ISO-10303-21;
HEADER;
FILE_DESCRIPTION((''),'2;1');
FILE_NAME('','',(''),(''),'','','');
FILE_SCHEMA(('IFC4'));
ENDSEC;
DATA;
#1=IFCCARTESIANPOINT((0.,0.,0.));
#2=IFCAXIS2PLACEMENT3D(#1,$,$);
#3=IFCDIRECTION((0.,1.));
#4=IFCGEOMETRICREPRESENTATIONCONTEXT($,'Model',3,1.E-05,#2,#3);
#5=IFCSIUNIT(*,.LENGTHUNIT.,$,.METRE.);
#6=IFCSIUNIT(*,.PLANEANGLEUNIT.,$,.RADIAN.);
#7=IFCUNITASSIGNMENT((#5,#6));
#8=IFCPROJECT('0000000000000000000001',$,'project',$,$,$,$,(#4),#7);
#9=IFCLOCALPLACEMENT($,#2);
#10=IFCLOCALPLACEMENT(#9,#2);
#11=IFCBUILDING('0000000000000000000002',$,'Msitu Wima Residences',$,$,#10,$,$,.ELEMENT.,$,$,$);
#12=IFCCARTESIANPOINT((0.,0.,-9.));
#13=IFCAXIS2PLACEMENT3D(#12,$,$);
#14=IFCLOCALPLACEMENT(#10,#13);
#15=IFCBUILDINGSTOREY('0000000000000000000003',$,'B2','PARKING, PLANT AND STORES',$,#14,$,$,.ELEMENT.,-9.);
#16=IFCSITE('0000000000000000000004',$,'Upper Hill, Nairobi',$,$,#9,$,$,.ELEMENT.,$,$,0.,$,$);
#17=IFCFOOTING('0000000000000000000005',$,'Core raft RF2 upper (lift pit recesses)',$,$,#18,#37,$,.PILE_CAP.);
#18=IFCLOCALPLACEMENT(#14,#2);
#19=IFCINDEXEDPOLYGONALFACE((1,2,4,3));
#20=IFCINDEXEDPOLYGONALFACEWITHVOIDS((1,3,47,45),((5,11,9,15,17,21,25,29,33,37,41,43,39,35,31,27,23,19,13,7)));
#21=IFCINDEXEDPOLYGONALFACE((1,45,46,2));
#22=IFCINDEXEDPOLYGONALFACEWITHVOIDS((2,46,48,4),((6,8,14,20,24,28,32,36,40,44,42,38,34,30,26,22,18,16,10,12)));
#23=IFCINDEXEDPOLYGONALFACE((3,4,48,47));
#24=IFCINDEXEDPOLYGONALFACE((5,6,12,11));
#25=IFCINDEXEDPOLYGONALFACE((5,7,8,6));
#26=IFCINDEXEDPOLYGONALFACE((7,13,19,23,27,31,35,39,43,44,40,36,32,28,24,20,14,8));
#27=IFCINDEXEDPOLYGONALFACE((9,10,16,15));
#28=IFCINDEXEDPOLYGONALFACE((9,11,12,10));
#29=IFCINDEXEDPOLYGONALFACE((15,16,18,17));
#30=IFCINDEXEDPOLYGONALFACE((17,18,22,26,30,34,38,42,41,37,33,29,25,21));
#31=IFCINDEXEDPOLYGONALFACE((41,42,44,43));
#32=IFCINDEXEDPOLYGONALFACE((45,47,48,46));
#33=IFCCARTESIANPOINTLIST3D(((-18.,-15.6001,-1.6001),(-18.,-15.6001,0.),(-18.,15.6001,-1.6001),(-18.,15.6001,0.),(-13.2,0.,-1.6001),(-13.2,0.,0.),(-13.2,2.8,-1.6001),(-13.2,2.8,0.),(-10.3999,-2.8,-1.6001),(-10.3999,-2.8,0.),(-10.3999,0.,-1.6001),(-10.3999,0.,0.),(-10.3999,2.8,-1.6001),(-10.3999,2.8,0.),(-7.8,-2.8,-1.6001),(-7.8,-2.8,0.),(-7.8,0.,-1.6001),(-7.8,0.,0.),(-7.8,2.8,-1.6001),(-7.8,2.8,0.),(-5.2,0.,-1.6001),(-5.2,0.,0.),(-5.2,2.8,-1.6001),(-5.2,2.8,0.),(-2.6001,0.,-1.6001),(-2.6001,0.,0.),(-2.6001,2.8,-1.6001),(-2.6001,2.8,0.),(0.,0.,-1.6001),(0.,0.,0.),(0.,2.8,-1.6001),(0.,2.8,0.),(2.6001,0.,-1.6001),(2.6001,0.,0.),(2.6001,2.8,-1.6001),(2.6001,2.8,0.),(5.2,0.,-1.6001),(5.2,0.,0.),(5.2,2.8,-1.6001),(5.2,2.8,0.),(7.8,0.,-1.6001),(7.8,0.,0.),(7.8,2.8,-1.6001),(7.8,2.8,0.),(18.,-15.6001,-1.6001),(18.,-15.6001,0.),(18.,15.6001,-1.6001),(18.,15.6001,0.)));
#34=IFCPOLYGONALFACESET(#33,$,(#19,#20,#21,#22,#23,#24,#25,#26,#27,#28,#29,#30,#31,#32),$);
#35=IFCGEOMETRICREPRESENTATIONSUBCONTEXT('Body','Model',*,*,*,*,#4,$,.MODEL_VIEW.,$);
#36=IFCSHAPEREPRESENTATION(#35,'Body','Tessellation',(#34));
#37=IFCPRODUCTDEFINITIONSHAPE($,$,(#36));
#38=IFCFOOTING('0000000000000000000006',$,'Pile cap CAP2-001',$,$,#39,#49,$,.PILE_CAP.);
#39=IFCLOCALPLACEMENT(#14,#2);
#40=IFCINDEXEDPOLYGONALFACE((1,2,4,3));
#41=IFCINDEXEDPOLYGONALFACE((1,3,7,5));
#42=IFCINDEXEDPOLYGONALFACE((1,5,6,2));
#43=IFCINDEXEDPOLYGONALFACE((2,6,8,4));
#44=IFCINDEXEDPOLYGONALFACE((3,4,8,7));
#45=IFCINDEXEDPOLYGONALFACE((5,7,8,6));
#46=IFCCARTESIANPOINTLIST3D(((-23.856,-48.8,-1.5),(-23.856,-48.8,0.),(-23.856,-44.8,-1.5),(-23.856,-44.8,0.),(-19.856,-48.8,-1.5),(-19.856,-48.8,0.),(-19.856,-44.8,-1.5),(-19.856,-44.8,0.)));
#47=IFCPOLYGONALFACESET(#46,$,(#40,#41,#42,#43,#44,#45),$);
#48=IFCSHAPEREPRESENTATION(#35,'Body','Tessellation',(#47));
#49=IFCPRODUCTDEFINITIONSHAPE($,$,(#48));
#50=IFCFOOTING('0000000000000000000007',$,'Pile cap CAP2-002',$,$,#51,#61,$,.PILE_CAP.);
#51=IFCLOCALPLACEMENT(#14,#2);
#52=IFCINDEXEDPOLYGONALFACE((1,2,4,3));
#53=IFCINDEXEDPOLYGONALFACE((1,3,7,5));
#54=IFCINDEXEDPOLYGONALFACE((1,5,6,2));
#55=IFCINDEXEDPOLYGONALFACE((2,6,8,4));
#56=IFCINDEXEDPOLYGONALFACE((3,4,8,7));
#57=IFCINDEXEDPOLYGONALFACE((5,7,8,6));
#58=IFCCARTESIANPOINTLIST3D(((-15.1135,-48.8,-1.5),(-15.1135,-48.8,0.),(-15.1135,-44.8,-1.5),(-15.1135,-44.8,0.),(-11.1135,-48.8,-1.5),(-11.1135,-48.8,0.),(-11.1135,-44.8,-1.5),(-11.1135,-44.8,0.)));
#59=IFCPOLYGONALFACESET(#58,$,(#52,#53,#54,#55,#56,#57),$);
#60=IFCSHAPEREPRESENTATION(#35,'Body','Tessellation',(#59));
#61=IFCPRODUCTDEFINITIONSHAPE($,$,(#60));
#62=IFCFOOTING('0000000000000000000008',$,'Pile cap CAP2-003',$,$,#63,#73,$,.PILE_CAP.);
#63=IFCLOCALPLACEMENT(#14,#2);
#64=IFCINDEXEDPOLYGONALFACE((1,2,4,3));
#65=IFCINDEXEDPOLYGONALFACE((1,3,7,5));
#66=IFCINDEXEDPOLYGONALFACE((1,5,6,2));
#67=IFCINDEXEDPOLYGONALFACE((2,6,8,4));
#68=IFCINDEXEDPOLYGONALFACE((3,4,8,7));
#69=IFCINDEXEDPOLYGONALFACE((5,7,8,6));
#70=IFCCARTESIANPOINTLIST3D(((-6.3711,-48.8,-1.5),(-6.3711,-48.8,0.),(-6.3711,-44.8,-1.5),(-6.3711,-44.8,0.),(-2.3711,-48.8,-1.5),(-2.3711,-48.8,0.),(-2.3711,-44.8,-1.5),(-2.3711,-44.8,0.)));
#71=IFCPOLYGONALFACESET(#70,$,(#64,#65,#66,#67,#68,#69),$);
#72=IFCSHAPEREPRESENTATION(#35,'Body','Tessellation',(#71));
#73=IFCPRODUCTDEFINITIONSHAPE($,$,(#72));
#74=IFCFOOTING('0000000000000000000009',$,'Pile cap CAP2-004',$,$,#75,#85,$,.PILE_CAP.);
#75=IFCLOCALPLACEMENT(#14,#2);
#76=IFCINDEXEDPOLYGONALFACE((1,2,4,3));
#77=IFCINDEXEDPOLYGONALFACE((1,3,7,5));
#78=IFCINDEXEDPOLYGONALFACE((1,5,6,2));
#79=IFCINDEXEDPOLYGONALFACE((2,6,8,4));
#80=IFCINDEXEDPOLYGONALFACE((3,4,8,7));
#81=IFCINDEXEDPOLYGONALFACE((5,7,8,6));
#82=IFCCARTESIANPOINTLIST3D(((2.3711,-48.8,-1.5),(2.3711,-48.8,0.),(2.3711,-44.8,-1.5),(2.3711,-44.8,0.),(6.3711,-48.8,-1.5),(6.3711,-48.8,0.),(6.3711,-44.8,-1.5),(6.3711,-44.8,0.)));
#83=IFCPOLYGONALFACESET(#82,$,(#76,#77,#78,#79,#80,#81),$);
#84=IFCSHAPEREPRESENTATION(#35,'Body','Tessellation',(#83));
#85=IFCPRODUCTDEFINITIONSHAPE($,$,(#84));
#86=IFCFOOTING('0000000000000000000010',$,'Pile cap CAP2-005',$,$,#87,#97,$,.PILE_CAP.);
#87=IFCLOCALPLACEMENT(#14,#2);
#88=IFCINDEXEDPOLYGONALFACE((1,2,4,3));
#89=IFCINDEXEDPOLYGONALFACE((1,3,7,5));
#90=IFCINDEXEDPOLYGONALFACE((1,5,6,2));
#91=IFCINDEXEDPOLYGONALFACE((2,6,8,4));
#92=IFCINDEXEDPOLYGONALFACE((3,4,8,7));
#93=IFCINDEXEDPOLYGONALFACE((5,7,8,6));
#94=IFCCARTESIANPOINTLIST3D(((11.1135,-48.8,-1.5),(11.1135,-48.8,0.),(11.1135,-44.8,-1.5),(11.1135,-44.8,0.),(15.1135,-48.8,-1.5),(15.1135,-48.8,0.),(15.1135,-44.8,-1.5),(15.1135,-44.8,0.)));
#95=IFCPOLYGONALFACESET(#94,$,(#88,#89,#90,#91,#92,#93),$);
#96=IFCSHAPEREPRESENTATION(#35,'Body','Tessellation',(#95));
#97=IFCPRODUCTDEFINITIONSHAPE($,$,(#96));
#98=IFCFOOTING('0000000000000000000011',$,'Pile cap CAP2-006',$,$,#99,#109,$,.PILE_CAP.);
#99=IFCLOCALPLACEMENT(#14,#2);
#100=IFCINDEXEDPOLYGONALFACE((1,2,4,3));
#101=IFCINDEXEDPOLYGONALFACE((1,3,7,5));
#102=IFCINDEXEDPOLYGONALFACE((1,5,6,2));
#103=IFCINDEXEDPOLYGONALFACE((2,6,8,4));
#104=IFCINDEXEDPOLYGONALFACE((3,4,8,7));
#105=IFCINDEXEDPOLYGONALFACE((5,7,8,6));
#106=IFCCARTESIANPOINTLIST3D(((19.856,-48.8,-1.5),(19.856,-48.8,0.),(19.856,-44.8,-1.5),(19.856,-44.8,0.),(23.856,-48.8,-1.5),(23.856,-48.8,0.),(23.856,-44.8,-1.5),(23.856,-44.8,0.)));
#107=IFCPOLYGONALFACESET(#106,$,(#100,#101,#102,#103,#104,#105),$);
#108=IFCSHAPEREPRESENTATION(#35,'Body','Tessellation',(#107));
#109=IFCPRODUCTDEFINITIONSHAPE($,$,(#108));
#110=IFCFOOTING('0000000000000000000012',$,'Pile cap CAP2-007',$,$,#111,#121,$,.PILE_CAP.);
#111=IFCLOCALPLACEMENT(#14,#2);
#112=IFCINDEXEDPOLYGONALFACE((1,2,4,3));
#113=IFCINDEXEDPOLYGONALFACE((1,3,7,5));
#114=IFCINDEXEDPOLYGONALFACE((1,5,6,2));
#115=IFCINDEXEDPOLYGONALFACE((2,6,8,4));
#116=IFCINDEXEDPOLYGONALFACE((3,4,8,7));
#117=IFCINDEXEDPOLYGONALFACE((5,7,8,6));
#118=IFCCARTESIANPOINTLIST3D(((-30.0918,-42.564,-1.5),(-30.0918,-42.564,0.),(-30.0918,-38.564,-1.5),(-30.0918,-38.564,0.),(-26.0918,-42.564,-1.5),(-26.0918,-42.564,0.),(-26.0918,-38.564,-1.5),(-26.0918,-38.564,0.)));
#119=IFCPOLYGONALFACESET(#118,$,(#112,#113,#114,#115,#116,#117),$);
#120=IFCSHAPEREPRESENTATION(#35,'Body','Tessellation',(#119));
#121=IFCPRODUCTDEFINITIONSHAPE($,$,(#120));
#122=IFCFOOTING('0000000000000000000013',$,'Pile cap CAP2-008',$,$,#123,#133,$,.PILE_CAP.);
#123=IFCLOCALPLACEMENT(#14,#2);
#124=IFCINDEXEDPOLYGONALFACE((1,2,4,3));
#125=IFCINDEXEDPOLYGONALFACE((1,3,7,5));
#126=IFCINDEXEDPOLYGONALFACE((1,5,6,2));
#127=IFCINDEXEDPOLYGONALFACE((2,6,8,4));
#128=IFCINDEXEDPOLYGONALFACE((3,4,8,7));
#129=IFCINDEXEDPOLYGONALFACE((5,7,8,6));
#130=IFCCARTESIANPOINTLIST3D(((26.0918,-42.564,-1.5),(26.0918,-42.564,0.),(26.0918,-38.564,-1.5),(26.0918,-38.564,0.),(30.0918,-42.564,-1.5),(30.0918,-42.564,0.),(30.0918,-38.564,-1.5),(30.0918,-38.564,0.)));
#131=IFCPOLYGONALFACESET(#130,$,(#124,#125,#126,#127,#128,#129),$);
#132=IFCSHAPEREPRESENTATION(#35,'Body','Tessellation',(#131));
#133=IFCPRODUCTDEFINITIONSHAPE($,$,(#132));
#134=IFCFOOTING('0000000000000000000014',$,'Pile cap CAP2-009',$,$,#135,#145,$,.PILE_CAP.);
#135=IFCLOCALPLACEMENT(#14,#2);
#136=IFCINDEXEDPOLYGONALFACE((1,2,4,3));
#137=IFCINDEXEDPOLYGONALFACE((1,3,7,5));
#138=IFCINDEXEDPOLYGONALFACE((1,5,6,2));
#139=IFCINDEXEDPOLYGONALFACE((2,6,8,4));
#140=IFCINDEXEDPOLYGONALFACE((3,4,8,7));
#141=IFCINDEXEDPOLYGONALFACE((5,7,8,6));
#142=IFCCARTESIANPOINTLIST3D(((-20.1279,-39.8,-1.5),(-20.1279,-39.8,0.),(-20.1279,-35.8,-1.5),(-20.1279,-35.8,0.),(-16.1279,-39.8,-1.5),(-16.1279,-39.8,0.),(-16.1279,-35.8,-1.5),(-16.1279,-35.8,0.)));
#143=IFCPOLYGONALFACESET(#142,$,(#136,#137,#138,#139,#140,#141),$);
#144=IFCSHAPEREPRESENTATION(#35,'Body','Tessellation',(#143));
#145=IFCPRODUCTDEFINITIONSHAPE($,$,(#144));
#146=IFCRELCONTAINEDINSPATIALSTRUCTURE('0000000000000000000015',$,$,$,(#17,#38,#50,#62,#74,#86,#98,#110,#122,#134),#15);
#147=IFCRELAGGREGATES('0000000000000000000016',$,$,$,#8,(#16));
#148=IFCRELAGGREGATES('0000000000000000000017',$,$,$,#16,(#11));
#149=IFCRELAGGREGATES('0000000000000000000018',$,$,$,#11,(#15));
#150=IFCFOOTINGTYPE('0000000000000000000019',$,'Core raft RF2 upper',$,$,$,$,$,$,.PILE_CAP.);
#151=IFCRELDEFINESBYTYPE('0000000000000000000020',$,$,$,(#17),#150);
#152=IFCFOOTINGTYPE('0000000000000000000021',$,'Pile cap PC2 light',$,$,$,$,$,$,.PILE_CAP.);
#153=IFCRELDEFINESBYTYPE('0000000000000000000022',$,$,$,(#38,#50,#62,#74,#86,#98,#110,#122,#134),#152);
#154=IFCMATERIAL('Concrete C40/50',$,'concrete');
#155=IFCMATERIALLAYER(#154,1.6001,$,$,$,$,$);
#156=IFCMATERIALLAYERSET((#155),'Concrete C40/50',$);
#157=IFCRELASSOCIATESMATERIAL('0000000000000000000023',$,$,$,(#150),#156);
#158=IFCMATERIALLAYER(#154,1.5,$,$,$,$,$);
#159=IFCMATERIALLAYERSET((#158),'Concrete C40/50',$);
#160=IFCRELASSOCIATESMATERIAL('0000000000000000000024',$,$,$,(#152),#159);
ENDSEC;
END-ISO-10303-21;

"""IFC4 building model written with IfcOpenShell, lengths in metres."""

from ifc_helpers import new_model, si_unit, direction, frame, origin, place, context, subcontext, project, spatial, polyline, outline, extrude, material, layer, layer_set, type_object, element, save


model = new_model("IFC4")

# Units and contexts
model_context = context("Model", 3, precision=1e-05, world=origin(), true_north=direction((0.0, 1.0)))
body_context = subcontext(model_context, "Body", "Model", "MODEL_VIEW")
ifc_project = project(units=[si_unit("LENGTHUNIT", "METRE"), si_unit("PLANEANGLEUNIT", "RADIAN")], contexts=[model_context])

# Site, building, storey
site_placement = place(None, origin())
site = spatial("IfcSite", under=ifc_project, at=site_placement, Name="Upper Hill, Nairobi", CompositionType="ELEMENT", RefElevation=0.0)
building_placement = place(site_placement, origin())
building = spatial("IfcBuilding", under=site, at=building_placement, Name="Msitu Wima Residences", CompositionType="ELEMENT")
storey_placement = place(building_placement, frame((0.0, 0.0, -9.0)))
storey = spatial("IfcBuildingStorey", under=building, at=storey_placement, Name="B2", Description="PARKING, PLANT AND STORES", CompositionType="ELEMENT", Elevation=-9.0)

# Shared definitions
ifc_material_1 = material(Name="Concrete C40/50", Category="concrete")

# Footings
ifc_layer_1 = layer(ifc_material_1, 1.6001)
ifc_layer_set_1 = layer_set([ifc_layer_1], Name="Concrete C40/50")
footing_type_1 = type_object("IfcFootingType", Name="Core raft RF2 upper", PredefinedType="PILE_CAP", material=ifc_layer_set_1)
footing_1_placement = place(storey_placement, frame((0.0, 0.0, -1.6001)))
element("IfcFooting", 1, at=footing_1_placement, inside=storey, type_object=footing_type_1, Name="Core raft RF2 upper (lift pit recesses)", PredefinedType="PILE_CAP", context=body_context, shape_type="SweptSolid", body=[
    extrude(outline(polyline([(18.0, -15.6001), (18.0, 15.6001), (-18.0, 15.6001), (-18.0, -15.6001), (18.0, -15.6001)]), holes=[polyline([(-10.3999, -2.8), (-10.3999, 0.0), (-13.2, 0.0), (-13.2, 2.8), (-10.3999, 2.8), (-7.8, 2.8), (-5.2, 2.8), (-2.6001, 2.8), (0.0, 2.8), (2.6001, 2.8), (5.2, 2.8), (7.8, 2.8), (7.8, 0.0), (5.2, 0.0), (2.6001, 0.0), (0.0, 0.0), (-2.6001, 0.0), (-5.2, 0.0), (-7.8, 0.0), (-7.8, -2.8), (-10.3999, -2.8)])]), origin(), (0.0, 0.0, 1.0), 1.6001),
])
ifc_layer_2 = layer(ifc_material_1, 1.5)
ifc_layer_set_2 = layer_set([ifc_layer_2], Name="Concrete C40/50")
footing_type_2 = type_object("IfcFootingType", Name="Pile cap PC2 light", PredefinedType="PILE_CAP", material=ifc_layer_set_2)
footing_2_placement = place(storey_placement, frame((0.0, 0.0, -1.5)))
element("IfcFooting", 2, at=footing_2_placement, inside=storey, type_object=footing_type_2, Name="Pile cap CAP2-001", PredefinedType="PILE_CAP", context=body_context, shape_type="SweptSolid", body=[
    extrude(outline(polyline([(-19.856, -48.8), (-19.856, -44.8), (-23.856, -44.8), (-23.856, -48.8), (-19.856, -48.8)])), origin(), (0.0, 0.0, 1.0), 1.5),
])
footing_3_placement = place(storey_placement, frame((0.0, 0.0, -1.5)))
element("IfcFooting", 3, at=footing_3_placement, inside=storey, type_object=footing_type_2, Name="Pile cap CAP2-002", PredefinedType="PILE_CAP", context=body_context, shape_type="SweptSolid", body=[
    extrude(outline(polyline([(-11.1135, -48.8), (-11.1135, -44.8), (-15.1135, -44.8), (-15.1135, -48.8), (-11.1135, -48.8)])), origin(), (0.0, 0.0, 1.0), 1.5),
])
footing_4_placement = place(storey_placement, frame((0.0, 0.0, -1.5)))
element("IfcFooting", 4, at=footing_4_placement, inside=storey, type_object=footing_type_2, Name="Pile cap CAP2-003", PredefinedType="PILE_CAP", context=body_context, shape_type="SweptSolid", body=[
    extrude(outline(polyline([(-2.3711, -48.8), (-2.3711, -44.8), (-6.3711, -44.8), (-6.3711, -48.8), (-2.3711, -48.8)])), origin(), (0.0, 0.0, 1.0), 1.5),
])
footing_5_placement = place(storey_placement, frame((0.0, 0.0, -1.5)))
element("IfcFooting", 5, at=footing_5_placement, inside=storey, type_object=footing_type_2, Name="Pile cap CAP2-004", PredefinedType="PILE_CAP", context=body_context, shape_type="SweptSolid", body=[
    extrude(outline(polyline([(6.3711, -48.8), (6.3711, -44.8), (2.3711, -44.8), (2.3711, -48.8), (6.3711, -48.8)])), origin(), (0.0, 0.0, 1.0), 1.5),
])
footing_6_placement = place(storey_placement, frame((0.0, 0.0, -1.5)))
element("IfcFooting", 6, at=footing_6_placement, inside=storey, type_object=footing_type_2, Name="Pile cap CAP2-005", PredefinedType="PILE_CAP", context=body_context, shape_type="SweptSolid", body=[
    extrude(outline(polyline([(15.1135, -48.8), (15.1135, -44.8), (11.1135, -44.8), (11.1135, -48.8), (15.1135, -48.8)])), origin(), (0.0, 0.0, 1.0), 1.5),
])
footing_7_placement = place(storey_placement, frame((0.0, 0.0, -1.5)))
element("IfcFooting", 7, at=footing_7_placement, inside=storey, type_object=footing_type_2, Name="Pile cap CAP2-006", PredefinedType="PILE_CAP", context=body_context, shape_type="SweptSolid", body=[
    extrude(outline(polyline([(23.856, -48.8), (23.856, -44.8), (19.856, -44.8), (19.856, -48.8), (23.856, -48.8)])), origin(), (0.0, 0.0, 1.0), 1.5),
])
footing_8_placement = place(storey_placement, frame((0.0, 0.0, -1.5)))
element("IfcFooting", 8, at=footing_8_placement, inside=storey, type_object=footing_type_2, Name="Pile cap CAP2-007", PredefinedType="PILE_CAP", context=body_context, shape_type="SweptSolid", body=[
    extrude(outline(polyline([(-26.0918, -42.564), (-26.0918, -38.564), (-30.0918, -38.564), (-30.0918, -42.564), (-26.0918, -42.564)])), origin(), (0.0, 0.0, 1.0), 1.5),
])
footing_9_placement = place(storey_placement, frame((0.0, 0.0, -1.5)))
element("IfcFooting", 9, at=footing_9_placement, inside=storey, type_object=footing_type_2, Name="Pile cap CAP2-008", PredefinedType="PILE_CAP", context=body_context, shape_type="SweptSolid", body=[
    extrude(outline(polyline([(30.0918, -42.564), (30.0918, -38.564), (26.0918, -38.564), (26.0918, -42.564), (30.0918, -42.564)])), origin(), (0.0, 0.0, 1.0), 1.5),
])
footing_10_placement = place(storey_placement, frame((0.0, 0.0, -1.5)))
element("IfcFooting", 10, at=footing_10_placement, inside=storey, type_object=footing_type_2, Name="Pile cap CAP2-009", PredefinedType="PILE_CAP", context=body_context, shape_type="SweptSolid", body=[
    extrude(outline(polyline([(-16.1279, -39.8), (-16.1279, -35.8), (-20.1279, -35.8), (-20.1279, -39.8), (-16.1279, -39.8)])), origin(), (0.0, 0.0, 1.0), 1.5),
])

save(model, "model.ifc")
